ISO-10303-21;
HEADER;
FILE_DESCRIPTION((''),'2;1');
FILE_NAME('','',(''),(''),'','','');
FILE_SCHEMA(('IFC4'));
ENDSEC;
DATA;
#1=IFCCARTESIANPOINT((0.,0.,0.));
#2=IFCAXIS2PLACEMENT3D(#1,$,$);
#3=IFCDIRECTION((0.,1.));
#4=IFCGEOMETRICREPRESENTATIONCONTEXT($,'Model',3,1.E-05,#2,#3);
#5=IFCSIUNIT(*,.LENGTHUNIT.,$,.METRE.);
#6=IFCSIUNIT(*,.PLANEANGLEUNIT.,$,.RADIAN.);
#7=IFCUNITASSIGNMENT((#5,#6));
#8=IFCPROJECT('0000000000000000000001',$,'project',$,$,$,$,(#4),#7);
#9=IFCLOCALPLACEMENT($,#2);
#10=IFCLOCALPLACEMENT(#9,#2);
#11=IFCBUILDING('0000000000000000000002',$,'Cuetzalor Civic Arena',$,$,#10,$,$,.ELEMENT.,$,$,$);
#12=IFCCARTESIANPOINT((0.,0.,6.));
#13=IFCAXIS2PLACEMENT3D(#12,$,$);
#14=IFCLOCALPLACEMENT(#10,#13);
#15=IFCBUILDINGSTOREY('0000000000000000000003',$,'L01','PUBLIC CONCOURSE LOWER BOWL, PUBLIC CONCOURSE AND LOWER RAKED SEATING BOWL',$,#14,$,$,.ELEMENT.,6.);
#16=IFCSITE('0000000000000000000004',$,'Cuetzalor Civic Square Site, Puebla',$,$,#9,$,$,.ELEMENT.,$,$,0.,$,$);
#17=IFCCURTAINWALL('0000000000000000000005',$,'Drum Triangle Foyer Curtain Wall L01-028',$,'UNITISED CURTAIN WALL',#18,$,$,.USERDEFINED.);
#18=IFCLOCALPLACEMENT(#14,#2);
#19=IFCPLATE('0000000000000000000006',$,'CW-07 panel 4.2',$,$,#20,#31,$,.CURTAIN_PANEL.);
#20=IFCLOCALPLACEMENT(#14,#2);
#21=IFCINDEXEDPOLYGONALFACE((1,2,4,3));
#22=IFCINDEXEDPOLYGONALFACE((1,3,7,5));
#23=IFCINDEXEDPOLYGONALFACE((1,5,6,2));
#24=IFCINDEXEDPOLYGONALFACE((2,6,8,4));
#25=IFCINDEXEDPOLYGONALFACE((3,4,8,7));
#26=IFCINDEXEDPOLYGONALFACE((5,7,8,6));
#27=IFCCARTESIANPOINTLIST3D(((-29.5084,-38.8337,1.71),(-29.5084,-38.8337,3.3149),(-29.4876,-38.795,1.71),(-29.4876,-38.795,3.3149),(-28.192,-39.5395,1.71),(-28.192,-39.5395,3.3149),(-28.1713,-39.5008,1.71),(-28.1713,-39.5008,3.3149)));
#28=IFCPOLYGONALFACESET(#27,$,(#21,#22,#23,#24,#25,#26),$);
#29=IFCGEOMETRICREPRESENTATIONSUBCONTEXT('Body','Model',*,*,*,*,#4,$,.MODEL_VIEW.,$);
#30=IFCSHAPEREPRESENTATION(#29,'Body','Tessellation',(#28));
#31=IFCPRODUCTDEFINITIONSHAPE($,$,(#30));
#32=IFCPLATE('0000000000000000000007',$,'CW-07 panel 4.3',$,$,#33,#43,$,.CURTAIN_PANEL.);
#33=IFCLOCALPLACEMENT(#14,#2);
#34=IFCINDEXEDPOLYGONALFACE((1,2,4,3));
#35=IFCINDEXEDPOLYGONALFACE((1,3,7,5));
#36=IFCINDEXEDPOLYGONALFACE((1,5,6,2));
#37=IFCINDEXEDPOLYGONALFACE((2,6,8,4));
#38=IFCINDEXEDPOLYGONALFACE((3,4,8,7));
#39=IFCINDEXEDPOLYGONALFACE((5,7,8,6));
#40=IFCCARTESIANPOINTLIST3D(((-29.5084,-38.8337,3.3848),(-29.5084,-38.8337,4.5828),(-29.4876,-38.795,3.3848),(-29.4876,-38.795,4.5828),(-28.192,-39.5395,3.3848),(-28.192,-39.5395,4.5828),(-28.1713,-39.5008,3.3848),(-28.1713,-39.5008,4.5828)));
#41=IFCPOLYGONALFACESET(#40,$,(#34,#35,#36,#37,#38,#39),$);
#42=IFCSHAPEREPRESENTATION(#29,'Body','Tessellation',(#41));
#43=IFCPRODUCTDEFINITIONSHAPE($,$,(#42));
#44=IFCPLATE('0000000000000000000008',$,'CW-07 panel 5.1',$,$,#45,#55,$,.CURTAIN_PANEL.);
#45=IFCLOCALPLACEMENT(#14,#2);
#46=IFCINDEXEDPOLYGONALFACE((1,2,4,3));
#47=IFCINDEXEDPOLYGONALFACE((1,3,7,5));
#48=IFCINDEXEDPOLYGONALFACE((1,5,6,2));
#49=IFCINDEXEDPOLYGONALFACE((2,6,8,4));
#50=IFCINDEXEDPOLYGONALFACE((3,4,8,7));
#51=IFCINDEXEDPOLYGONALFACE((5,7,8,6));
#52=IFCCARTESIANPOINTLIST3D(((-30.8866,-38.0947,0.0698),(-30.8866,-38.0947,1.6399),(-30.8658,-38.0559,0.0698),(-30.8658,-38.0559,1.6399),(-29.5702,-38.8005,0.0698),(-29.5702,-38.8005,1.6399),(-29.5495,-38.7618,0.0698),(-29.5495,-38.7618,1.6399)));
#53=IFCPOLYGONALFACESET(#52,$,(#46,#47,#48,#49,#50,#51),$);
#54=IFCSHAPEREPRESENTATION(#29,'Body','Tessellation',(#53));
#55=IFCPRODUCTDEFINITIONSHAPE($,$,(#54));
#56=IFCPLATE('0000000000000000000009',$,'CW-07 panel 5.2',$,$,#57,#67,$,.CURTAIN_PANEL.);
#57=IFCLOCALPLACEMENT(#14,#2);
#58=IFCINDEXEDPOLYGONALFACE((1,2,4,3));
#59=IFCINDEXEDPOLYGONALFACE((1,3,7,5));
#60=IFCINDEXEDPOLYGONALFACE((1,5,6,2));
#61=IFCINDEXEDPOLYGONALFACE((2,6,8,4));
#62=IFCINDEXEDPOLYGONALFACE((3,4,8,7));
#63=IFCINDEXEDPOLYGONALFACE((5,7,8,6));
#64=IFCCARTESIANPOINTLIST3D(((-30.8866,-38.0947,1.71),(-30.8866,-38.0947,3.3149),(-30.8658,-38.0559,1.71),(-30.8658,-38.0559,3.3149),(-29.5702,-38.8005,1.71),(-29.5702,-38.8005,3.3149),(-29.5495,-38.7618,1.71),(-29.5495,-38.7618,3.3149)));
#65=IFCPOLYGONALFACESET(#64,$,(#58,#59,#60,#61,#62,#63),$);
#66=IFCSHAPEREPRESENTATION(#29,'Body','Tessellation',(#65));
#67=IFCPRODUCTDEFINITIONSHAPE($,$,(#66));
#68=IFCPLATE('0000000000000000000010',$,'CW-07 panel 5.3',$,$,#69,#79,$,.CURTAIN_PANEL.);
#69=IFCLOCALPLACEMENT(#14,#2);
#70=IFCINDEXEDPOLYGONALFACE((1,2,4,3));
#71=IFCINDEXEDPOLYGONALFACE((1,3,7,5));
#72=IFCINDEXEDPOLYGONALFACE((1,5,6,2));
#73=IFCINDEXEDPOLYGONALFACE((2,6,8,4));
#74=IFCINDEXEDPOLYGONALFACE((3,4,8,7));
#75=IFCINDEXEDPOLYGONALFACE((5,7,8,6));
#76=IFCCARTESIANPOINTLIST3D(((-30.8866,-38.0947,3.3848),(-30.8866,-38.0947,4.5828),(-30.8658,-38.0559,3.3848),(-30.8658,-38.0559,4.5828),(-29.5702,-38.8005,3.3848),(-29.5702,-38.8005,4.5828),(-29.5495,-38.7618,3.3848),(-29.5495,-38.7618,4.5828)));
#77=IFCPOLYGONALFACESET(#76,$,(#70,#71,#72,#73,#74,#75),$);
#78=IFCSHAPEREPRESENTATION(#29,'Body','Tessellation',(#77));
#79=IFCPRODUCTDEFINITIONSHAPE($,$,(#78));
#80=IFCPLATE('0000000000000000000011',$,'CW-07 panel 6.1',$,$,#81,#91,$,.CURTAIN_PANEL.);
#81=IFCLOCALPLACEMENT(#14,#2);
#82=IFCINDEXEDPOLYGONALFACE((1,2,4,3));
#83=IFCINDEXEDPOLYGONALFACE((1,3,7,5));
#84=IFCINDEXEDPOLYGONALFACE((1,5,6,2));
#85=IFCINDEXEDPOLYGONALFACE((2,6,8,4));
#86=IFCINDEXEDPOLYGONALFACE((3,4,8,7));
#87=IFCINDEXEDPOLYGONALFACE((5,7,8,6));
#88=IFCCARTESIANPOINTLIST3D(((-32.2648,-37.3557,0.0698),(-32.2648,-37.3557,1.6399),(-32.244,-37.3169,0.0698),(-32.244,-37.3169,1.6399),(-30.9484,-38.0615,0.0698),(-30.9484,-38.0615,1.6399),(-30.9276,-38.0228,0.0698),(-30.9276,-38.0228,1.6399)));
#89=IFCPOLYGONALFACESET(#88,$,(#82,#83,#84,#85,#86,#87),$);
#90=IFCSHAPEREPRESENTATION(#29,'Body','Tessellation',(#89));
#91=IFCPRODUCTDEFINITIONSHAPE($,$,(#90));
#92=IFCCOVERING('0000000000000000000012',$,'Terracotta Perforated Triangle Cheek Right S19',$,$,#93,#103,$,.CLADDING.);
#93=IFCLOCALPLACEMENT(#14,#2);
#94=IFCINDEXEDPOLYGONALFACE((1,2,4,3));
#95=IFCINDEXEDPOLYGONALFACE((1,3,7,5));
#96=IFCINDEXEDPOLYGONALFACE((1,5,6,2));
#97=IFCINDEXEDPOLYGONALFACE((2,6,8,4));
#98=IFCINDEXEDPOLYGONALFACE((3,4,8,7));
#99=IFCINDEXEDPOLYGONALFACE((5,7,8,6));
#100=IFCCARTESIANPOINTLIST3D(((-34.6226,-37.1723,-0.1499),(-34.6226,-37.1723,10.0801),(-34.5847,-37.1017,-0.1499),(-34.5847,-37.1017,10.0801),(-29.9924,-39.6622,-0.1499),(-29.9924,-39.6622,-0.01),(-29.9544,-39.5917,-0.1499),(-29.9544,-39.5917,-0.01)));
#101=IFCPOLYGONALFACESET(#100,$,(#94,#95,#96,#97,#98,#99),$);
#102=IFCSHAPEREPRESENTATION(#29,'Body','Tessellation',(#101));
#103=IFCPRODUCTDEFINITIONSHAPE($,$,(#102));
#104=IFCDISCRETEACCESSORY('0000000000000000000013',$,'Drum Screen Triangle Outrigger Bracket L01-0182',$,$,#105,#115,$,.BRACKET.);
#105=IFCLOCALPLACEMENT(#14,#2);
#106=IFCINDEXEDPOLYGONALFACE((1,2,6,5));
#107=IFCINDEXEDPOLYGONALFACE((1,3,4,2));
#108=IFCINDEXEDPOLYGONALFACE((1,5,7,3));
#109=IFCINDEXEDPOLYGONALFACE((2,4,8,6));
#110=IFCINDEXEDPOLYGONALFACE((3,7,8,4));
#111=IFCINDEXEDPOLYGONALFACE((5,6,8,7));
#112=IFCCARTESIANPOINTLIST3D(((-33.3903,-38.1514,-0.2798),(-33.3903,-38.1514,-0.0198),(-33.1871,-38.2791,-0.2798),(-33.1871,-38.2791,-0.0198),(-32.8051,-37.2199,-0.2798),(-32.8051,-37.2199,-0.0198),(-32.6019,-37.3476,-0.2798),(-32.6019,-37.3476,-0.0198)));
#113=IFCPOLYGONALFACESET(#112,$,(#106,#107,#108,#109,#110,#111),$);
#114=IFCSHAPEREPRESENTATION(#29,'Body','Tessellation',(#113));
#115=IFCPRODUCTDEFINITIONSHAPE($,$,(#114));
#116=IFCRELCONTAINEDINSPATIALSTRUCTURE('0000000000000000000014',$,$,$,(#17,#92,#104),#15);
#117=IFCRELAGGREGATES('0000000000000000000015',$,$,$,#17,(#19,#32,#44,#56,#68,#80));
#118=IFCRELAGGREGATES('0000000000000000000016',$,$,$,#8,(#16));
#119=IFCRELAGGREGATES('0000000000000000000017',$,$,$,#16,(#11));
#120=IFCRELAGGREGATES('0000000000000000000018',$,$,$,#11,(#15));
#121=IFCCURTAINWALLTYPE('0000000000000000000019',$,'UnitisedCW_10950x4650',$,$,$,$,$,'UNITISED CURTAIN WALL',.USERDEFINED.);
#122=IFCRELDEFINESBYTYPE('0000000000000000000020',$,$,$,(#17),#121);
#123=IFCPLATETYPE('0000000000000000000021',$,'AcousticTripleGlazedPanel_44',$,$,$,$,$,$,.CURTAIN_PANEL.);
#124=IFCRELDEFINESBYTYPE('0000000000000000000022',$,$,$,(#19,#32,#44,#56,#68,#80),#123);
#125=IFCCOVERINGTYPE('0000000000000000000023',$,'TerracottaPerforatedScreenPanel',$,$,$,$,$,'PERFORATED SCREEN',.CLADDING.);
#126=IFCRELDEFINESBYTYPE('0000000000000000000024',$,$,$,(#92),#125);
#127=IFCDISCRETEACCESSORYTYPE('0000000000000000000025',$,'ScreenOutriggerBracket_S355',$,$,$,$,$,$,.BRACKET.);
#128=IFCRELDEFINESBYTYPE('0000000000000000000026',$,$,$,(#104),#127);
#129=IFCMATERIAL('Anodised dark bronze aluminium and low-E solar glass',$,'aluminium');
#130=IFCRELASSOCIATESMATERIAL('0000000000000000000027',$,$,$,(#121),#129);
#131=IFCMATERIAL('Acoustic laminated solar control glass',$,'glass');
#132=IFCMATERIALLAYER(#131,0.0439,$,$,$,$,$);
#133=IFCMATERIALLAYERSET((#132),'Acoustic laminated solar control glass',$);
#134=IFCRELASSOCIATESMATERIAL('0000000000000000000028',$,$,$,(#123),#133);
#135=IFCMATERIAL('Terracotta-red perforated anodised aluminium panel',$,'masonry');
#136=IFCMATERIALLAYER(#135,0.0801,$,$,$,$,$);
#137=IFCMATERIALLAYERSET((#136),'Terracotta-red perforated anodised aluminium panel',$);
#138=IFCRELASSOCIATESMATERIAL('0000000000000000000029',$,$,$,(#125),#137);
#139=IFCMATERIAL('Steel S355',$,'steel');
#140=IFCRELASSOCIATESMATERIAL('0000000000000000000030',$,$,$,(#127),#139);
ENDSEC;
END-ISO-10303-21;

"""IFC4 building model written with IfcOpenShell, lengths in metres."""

from ifc_helpers import new_model, si_unit, direction, frame, origin, origin_2d, place, context, subcontext, project, spatial, polyline, rectangle, outline, extrude, material, layer, layer_set, type_object, element, aggregate, save


model = new_model("IFC4")

# Units and contexts
model_context = context("Model", 3, precision=1e-05, world=origin(), true_north=direction((0.0, 1.0)))
body_context = subcontext(model_context, "Body", "Model", "MODEL_VIEW")
ifc_project = project(units=[si_unit("LENGTHUNIT", "METRE"), si_unit("PLANEANGLEUNIT", "RADIAN")], contexts=[model_context])

# Site, building, storey
site_placement = place(None, origin())
site = spatial("IfcSite", under=ifc_project, at=site_placement, Name="Cuetzalor Civic Square Site, Puebla", CompositionType="ELEMENT", RefElevation=0.0)
building_placement = place(site_placement, origin())
building = spatial("IfcBuilding", under=site, at=building_placement, Name="Cuetzalor Civic Arena", CompositionType="ELEMENT")
storey_placement = place(building_placement, frame((0.0, 0.0, 6.0)))
storey = spatial("IfcBuildingStorey", under=building, at=storey_placement, Name="L01", Description="PUBLIC CONCOURSE LOWER BOWL, PUBLIC CONCOURSE AND LOWER RAKED SEATING BOWL", CompositionType="ELEMENT", Elevation=6.0)

# Curtain wall, plates
ifc_material_1 = material(Name="Anodised dark bronze aluminium and low-E solar glass", Category="aluminium")
curtain_wall_type = type_object("IfcCurtainWallType", Name="UnitisedCW_10950x4650", ElementType="UNITISED CURTAIN WALL", PredefinedType="USERDEFINED", material=ifc_material_1)
curtain_wall_placement = place(storey_placement, origin())
curtain_wall = element("IfcCurtainWall", 1, at=curtain_wall_placement, inside=storey, type_object=curtain_wall_type, Name="Drum Triangle Foyer Curtain Wall L01-028", ObjectType="UNITISED CURTAIN WALL", PredefinedType="USERDEFINED")
ifc_material_2 = material(Name="Acoustic laminated solar control glass", Category="glass")
ifc_layer_1 = layer(ifc_material_2, 0.0439)
ifc_layer_set_1 = layer_set([ifc_layer_1], Name="Acoustic laminated solar control glass")
plate_type = type_object("IfcPlateType", Name="AcousticTripleGlazedPanel_44", PredefinedType="CURTAIN_PANEL", material=ifc_layer_set_1)
plate_1_placement = place(storey_placement, frame((-28.8398, -39.1672, 1.71), z_axis=(0.0, 0.0, 1.0), x_axis=(-0.881306, 0.472545, 0.0)))
plate_1 = element("IfcPlate", 2, at=plate_1_placement, type_object=plate_type, Name="CW-07 panel 4.2", PredefinedType="CURTAIN_PANEL", context=body_context, shape_type="SweptSolid", body=[
    extrude(rectangle(XDim=1.4937, YDim=0.0439, at=origin_2d()), origin(), (0.0, 0.0, 1.0), 1.605),
])
plate_2_placement = place(storey_placement, frame((-28.8398, -39.1672, 3.3848), z_axis=(0.0, 0.0, 1.0), x_axis=(-0.881306, 0.472545, 0.0)))
plate_2 = element("IfcPlate", 3, at=plate_2_placement, type_object=plate_type, Name="CW-07 panel 4.3", PredefinedType="CURTAIN_PANEL", context=body_context, shape_type="SweptSolid", body=[
    extrude(rectangle(XDim=1.4937, YDim=0.0439, at=origin_2d()), origin(), (0.0, 0.0, 1.0), 1.198),
])
plate_3_placement = place(storey_placement, frame((-30.218, -38.4282, 0.0698), z_axis=(0.0, 0.0, 1.0), x_axis=(-0.881306, 0.472545, 0.0)))
plate_3 = element("IfcPlate", 4, at=plate_3_placement, type_object=plate_type, Name="CW-07 panel 5.1", PredefinedType="CURTAIN_PANEL", context=body_context, shape_type="SweptSolid", body=[
    extrude(rectangle(XDim=1.4937, YDim=0.0439, at=origin_2d()), origin(), (0.0, 0.0, 1.0), 1.5701),
])
plate_4_placement = place(storey_placement, frame((-30.218, -38.4282, 1.71), z_axis=(0.0, 0.0, 1.0), x_axis=(-0.881306, 0.472545, 0.0)))
plate_4 = element("IfcPlate", 5, at=plate_4_placement, type_object=plate_type, Name="CW-07 panel 5.2", PredefinedType="CURTAIN_PANEL", context=body_context, shape_type="SweptSolid", body=[
    extrude(rectangle(XDim=1.4937, YDim=0.0439, at=origin_2d()), origin(), (0.0, 0.0, 1.0), 1.605),
])
plate_5_placement = place(storey_placement, frame((-30.218, -38.4282, 3.3848), z_axis=(0.0, 0.0, 1.0), x_axis=(-0.881306, 0.472545, 0.0)))
plate_5 = element("IfcPlate", 6, at=plate_5_placement, type_object=plate_type, Name="CW-07 panel 5.3", PredefinedType="CURTAIN_PANEL", context=body_context, shape_type="SweptSolid", body=[
    extrude(rectangle(XDim=1.4937, YDim=0.0439, at=origin_2d()), origin(), (0.0, 0.0, 1.0), 1.198),
])
plate_6_placement = place(storey_placement, frame((-31.5962, -37.6892, 0.0698), z_axis=(0.0, 0.0, 1.0), x_axis=(-0.881306, 0.472545, 0.0)))
plate_6 = element("IfcPlate", 7, at=plate_6_placement, type_object=plate_type, Name="CW-07 panel 6.1", PredefinedType="CURTAIN_PANEL", context=body_context, shape_type="SweptSolid", body=[
    extrude(rectangle(XDim=1.4937, YDim=0.0439, at=origin_2d()), origin(), (0.0, 0.0, 1.0), 1.5701),
])
aggregate(curtain_wall, [plate_1, plate_2, plate_3, plate_4, plate_5, plate_6])

# Covering
ifc_material_3 = material(Name="Terracotta-red perforated anodised aluminium panel", Category="masonry")
ifc_layer_2 = layer(ifc_material_3, 0.0801)
ifc_layer_set_2 = layer_set([ifc_layer_2], Name="Terracotta-red perforated anodised aluminium panel")
covering_type = type_object("IfcCoveringType", Name="TerracottaPerforatedScreenPanel", ElementType="PERFORATED SCREEN", PredefinedType="CLADDING", material=ifc_layer_set_2)
covering_placement = place(storey_placement, frame((-29.9734, -39.627, -0.1499), z_axis=(0.0, 0.0, 1.0), x_axis=(-0.880732, 0.473615, 0.0)))
element("IfcCovering", 8, at=covering_placement, inside=storey, type_object=covering_type, Name="Terracotta Perforated Triangle Cheek Right S19", PredefinedType="CLADDING", context=body_context, shape_type="SweptSolid", body=[
    extrude(outline(polyline([(0.0, 0.0), (5.2573, 0.0), (5.2573, 10.23), (0.0, 0.1399), (0.0, 0.0)])), frame((0.0, 0.04, 0.0), z_axis=(0.0, -1.0, 0.0), x_axis=(1.0, 0.0, 0.0)), (0.0, 0.0, 1.0), 0.0801),
])

# Discrete accessory
ifc_material_4 = material(Name="Steel S355", Category="steel")
discrete_accessory_type = type_object("IfcDiscreteAccessoryType", Name="ScreenOutriggerBracket_S355", PredefinedType="BRACKET", material=ifc_material_4)
discrete_accessory_placement = place(storey_placement, frame((-32.9961, -37.7495, -0.2798), z_axis=(0.0, 0.0, 1.0), x_axis=(-0.53199, -0.846751, 0.0)))
element("IfcDiscreteAccessory", 9, at=discrete_accessory_placement, inside=storey, type_object=discrete_accessory_type, Name="Drum Screen Triangle Outrigger Bracket L01-0182", PredefinedType="BRACKET", context=body_context, shape_type="SweptSolid", body=[
    extrude(rectangle(XDim=1.1001, YDim=0.24, at=origin_2d()), origin(), (0.0, 0.0, 1.0), 0.26),
])

save(model, "model.ifc")
